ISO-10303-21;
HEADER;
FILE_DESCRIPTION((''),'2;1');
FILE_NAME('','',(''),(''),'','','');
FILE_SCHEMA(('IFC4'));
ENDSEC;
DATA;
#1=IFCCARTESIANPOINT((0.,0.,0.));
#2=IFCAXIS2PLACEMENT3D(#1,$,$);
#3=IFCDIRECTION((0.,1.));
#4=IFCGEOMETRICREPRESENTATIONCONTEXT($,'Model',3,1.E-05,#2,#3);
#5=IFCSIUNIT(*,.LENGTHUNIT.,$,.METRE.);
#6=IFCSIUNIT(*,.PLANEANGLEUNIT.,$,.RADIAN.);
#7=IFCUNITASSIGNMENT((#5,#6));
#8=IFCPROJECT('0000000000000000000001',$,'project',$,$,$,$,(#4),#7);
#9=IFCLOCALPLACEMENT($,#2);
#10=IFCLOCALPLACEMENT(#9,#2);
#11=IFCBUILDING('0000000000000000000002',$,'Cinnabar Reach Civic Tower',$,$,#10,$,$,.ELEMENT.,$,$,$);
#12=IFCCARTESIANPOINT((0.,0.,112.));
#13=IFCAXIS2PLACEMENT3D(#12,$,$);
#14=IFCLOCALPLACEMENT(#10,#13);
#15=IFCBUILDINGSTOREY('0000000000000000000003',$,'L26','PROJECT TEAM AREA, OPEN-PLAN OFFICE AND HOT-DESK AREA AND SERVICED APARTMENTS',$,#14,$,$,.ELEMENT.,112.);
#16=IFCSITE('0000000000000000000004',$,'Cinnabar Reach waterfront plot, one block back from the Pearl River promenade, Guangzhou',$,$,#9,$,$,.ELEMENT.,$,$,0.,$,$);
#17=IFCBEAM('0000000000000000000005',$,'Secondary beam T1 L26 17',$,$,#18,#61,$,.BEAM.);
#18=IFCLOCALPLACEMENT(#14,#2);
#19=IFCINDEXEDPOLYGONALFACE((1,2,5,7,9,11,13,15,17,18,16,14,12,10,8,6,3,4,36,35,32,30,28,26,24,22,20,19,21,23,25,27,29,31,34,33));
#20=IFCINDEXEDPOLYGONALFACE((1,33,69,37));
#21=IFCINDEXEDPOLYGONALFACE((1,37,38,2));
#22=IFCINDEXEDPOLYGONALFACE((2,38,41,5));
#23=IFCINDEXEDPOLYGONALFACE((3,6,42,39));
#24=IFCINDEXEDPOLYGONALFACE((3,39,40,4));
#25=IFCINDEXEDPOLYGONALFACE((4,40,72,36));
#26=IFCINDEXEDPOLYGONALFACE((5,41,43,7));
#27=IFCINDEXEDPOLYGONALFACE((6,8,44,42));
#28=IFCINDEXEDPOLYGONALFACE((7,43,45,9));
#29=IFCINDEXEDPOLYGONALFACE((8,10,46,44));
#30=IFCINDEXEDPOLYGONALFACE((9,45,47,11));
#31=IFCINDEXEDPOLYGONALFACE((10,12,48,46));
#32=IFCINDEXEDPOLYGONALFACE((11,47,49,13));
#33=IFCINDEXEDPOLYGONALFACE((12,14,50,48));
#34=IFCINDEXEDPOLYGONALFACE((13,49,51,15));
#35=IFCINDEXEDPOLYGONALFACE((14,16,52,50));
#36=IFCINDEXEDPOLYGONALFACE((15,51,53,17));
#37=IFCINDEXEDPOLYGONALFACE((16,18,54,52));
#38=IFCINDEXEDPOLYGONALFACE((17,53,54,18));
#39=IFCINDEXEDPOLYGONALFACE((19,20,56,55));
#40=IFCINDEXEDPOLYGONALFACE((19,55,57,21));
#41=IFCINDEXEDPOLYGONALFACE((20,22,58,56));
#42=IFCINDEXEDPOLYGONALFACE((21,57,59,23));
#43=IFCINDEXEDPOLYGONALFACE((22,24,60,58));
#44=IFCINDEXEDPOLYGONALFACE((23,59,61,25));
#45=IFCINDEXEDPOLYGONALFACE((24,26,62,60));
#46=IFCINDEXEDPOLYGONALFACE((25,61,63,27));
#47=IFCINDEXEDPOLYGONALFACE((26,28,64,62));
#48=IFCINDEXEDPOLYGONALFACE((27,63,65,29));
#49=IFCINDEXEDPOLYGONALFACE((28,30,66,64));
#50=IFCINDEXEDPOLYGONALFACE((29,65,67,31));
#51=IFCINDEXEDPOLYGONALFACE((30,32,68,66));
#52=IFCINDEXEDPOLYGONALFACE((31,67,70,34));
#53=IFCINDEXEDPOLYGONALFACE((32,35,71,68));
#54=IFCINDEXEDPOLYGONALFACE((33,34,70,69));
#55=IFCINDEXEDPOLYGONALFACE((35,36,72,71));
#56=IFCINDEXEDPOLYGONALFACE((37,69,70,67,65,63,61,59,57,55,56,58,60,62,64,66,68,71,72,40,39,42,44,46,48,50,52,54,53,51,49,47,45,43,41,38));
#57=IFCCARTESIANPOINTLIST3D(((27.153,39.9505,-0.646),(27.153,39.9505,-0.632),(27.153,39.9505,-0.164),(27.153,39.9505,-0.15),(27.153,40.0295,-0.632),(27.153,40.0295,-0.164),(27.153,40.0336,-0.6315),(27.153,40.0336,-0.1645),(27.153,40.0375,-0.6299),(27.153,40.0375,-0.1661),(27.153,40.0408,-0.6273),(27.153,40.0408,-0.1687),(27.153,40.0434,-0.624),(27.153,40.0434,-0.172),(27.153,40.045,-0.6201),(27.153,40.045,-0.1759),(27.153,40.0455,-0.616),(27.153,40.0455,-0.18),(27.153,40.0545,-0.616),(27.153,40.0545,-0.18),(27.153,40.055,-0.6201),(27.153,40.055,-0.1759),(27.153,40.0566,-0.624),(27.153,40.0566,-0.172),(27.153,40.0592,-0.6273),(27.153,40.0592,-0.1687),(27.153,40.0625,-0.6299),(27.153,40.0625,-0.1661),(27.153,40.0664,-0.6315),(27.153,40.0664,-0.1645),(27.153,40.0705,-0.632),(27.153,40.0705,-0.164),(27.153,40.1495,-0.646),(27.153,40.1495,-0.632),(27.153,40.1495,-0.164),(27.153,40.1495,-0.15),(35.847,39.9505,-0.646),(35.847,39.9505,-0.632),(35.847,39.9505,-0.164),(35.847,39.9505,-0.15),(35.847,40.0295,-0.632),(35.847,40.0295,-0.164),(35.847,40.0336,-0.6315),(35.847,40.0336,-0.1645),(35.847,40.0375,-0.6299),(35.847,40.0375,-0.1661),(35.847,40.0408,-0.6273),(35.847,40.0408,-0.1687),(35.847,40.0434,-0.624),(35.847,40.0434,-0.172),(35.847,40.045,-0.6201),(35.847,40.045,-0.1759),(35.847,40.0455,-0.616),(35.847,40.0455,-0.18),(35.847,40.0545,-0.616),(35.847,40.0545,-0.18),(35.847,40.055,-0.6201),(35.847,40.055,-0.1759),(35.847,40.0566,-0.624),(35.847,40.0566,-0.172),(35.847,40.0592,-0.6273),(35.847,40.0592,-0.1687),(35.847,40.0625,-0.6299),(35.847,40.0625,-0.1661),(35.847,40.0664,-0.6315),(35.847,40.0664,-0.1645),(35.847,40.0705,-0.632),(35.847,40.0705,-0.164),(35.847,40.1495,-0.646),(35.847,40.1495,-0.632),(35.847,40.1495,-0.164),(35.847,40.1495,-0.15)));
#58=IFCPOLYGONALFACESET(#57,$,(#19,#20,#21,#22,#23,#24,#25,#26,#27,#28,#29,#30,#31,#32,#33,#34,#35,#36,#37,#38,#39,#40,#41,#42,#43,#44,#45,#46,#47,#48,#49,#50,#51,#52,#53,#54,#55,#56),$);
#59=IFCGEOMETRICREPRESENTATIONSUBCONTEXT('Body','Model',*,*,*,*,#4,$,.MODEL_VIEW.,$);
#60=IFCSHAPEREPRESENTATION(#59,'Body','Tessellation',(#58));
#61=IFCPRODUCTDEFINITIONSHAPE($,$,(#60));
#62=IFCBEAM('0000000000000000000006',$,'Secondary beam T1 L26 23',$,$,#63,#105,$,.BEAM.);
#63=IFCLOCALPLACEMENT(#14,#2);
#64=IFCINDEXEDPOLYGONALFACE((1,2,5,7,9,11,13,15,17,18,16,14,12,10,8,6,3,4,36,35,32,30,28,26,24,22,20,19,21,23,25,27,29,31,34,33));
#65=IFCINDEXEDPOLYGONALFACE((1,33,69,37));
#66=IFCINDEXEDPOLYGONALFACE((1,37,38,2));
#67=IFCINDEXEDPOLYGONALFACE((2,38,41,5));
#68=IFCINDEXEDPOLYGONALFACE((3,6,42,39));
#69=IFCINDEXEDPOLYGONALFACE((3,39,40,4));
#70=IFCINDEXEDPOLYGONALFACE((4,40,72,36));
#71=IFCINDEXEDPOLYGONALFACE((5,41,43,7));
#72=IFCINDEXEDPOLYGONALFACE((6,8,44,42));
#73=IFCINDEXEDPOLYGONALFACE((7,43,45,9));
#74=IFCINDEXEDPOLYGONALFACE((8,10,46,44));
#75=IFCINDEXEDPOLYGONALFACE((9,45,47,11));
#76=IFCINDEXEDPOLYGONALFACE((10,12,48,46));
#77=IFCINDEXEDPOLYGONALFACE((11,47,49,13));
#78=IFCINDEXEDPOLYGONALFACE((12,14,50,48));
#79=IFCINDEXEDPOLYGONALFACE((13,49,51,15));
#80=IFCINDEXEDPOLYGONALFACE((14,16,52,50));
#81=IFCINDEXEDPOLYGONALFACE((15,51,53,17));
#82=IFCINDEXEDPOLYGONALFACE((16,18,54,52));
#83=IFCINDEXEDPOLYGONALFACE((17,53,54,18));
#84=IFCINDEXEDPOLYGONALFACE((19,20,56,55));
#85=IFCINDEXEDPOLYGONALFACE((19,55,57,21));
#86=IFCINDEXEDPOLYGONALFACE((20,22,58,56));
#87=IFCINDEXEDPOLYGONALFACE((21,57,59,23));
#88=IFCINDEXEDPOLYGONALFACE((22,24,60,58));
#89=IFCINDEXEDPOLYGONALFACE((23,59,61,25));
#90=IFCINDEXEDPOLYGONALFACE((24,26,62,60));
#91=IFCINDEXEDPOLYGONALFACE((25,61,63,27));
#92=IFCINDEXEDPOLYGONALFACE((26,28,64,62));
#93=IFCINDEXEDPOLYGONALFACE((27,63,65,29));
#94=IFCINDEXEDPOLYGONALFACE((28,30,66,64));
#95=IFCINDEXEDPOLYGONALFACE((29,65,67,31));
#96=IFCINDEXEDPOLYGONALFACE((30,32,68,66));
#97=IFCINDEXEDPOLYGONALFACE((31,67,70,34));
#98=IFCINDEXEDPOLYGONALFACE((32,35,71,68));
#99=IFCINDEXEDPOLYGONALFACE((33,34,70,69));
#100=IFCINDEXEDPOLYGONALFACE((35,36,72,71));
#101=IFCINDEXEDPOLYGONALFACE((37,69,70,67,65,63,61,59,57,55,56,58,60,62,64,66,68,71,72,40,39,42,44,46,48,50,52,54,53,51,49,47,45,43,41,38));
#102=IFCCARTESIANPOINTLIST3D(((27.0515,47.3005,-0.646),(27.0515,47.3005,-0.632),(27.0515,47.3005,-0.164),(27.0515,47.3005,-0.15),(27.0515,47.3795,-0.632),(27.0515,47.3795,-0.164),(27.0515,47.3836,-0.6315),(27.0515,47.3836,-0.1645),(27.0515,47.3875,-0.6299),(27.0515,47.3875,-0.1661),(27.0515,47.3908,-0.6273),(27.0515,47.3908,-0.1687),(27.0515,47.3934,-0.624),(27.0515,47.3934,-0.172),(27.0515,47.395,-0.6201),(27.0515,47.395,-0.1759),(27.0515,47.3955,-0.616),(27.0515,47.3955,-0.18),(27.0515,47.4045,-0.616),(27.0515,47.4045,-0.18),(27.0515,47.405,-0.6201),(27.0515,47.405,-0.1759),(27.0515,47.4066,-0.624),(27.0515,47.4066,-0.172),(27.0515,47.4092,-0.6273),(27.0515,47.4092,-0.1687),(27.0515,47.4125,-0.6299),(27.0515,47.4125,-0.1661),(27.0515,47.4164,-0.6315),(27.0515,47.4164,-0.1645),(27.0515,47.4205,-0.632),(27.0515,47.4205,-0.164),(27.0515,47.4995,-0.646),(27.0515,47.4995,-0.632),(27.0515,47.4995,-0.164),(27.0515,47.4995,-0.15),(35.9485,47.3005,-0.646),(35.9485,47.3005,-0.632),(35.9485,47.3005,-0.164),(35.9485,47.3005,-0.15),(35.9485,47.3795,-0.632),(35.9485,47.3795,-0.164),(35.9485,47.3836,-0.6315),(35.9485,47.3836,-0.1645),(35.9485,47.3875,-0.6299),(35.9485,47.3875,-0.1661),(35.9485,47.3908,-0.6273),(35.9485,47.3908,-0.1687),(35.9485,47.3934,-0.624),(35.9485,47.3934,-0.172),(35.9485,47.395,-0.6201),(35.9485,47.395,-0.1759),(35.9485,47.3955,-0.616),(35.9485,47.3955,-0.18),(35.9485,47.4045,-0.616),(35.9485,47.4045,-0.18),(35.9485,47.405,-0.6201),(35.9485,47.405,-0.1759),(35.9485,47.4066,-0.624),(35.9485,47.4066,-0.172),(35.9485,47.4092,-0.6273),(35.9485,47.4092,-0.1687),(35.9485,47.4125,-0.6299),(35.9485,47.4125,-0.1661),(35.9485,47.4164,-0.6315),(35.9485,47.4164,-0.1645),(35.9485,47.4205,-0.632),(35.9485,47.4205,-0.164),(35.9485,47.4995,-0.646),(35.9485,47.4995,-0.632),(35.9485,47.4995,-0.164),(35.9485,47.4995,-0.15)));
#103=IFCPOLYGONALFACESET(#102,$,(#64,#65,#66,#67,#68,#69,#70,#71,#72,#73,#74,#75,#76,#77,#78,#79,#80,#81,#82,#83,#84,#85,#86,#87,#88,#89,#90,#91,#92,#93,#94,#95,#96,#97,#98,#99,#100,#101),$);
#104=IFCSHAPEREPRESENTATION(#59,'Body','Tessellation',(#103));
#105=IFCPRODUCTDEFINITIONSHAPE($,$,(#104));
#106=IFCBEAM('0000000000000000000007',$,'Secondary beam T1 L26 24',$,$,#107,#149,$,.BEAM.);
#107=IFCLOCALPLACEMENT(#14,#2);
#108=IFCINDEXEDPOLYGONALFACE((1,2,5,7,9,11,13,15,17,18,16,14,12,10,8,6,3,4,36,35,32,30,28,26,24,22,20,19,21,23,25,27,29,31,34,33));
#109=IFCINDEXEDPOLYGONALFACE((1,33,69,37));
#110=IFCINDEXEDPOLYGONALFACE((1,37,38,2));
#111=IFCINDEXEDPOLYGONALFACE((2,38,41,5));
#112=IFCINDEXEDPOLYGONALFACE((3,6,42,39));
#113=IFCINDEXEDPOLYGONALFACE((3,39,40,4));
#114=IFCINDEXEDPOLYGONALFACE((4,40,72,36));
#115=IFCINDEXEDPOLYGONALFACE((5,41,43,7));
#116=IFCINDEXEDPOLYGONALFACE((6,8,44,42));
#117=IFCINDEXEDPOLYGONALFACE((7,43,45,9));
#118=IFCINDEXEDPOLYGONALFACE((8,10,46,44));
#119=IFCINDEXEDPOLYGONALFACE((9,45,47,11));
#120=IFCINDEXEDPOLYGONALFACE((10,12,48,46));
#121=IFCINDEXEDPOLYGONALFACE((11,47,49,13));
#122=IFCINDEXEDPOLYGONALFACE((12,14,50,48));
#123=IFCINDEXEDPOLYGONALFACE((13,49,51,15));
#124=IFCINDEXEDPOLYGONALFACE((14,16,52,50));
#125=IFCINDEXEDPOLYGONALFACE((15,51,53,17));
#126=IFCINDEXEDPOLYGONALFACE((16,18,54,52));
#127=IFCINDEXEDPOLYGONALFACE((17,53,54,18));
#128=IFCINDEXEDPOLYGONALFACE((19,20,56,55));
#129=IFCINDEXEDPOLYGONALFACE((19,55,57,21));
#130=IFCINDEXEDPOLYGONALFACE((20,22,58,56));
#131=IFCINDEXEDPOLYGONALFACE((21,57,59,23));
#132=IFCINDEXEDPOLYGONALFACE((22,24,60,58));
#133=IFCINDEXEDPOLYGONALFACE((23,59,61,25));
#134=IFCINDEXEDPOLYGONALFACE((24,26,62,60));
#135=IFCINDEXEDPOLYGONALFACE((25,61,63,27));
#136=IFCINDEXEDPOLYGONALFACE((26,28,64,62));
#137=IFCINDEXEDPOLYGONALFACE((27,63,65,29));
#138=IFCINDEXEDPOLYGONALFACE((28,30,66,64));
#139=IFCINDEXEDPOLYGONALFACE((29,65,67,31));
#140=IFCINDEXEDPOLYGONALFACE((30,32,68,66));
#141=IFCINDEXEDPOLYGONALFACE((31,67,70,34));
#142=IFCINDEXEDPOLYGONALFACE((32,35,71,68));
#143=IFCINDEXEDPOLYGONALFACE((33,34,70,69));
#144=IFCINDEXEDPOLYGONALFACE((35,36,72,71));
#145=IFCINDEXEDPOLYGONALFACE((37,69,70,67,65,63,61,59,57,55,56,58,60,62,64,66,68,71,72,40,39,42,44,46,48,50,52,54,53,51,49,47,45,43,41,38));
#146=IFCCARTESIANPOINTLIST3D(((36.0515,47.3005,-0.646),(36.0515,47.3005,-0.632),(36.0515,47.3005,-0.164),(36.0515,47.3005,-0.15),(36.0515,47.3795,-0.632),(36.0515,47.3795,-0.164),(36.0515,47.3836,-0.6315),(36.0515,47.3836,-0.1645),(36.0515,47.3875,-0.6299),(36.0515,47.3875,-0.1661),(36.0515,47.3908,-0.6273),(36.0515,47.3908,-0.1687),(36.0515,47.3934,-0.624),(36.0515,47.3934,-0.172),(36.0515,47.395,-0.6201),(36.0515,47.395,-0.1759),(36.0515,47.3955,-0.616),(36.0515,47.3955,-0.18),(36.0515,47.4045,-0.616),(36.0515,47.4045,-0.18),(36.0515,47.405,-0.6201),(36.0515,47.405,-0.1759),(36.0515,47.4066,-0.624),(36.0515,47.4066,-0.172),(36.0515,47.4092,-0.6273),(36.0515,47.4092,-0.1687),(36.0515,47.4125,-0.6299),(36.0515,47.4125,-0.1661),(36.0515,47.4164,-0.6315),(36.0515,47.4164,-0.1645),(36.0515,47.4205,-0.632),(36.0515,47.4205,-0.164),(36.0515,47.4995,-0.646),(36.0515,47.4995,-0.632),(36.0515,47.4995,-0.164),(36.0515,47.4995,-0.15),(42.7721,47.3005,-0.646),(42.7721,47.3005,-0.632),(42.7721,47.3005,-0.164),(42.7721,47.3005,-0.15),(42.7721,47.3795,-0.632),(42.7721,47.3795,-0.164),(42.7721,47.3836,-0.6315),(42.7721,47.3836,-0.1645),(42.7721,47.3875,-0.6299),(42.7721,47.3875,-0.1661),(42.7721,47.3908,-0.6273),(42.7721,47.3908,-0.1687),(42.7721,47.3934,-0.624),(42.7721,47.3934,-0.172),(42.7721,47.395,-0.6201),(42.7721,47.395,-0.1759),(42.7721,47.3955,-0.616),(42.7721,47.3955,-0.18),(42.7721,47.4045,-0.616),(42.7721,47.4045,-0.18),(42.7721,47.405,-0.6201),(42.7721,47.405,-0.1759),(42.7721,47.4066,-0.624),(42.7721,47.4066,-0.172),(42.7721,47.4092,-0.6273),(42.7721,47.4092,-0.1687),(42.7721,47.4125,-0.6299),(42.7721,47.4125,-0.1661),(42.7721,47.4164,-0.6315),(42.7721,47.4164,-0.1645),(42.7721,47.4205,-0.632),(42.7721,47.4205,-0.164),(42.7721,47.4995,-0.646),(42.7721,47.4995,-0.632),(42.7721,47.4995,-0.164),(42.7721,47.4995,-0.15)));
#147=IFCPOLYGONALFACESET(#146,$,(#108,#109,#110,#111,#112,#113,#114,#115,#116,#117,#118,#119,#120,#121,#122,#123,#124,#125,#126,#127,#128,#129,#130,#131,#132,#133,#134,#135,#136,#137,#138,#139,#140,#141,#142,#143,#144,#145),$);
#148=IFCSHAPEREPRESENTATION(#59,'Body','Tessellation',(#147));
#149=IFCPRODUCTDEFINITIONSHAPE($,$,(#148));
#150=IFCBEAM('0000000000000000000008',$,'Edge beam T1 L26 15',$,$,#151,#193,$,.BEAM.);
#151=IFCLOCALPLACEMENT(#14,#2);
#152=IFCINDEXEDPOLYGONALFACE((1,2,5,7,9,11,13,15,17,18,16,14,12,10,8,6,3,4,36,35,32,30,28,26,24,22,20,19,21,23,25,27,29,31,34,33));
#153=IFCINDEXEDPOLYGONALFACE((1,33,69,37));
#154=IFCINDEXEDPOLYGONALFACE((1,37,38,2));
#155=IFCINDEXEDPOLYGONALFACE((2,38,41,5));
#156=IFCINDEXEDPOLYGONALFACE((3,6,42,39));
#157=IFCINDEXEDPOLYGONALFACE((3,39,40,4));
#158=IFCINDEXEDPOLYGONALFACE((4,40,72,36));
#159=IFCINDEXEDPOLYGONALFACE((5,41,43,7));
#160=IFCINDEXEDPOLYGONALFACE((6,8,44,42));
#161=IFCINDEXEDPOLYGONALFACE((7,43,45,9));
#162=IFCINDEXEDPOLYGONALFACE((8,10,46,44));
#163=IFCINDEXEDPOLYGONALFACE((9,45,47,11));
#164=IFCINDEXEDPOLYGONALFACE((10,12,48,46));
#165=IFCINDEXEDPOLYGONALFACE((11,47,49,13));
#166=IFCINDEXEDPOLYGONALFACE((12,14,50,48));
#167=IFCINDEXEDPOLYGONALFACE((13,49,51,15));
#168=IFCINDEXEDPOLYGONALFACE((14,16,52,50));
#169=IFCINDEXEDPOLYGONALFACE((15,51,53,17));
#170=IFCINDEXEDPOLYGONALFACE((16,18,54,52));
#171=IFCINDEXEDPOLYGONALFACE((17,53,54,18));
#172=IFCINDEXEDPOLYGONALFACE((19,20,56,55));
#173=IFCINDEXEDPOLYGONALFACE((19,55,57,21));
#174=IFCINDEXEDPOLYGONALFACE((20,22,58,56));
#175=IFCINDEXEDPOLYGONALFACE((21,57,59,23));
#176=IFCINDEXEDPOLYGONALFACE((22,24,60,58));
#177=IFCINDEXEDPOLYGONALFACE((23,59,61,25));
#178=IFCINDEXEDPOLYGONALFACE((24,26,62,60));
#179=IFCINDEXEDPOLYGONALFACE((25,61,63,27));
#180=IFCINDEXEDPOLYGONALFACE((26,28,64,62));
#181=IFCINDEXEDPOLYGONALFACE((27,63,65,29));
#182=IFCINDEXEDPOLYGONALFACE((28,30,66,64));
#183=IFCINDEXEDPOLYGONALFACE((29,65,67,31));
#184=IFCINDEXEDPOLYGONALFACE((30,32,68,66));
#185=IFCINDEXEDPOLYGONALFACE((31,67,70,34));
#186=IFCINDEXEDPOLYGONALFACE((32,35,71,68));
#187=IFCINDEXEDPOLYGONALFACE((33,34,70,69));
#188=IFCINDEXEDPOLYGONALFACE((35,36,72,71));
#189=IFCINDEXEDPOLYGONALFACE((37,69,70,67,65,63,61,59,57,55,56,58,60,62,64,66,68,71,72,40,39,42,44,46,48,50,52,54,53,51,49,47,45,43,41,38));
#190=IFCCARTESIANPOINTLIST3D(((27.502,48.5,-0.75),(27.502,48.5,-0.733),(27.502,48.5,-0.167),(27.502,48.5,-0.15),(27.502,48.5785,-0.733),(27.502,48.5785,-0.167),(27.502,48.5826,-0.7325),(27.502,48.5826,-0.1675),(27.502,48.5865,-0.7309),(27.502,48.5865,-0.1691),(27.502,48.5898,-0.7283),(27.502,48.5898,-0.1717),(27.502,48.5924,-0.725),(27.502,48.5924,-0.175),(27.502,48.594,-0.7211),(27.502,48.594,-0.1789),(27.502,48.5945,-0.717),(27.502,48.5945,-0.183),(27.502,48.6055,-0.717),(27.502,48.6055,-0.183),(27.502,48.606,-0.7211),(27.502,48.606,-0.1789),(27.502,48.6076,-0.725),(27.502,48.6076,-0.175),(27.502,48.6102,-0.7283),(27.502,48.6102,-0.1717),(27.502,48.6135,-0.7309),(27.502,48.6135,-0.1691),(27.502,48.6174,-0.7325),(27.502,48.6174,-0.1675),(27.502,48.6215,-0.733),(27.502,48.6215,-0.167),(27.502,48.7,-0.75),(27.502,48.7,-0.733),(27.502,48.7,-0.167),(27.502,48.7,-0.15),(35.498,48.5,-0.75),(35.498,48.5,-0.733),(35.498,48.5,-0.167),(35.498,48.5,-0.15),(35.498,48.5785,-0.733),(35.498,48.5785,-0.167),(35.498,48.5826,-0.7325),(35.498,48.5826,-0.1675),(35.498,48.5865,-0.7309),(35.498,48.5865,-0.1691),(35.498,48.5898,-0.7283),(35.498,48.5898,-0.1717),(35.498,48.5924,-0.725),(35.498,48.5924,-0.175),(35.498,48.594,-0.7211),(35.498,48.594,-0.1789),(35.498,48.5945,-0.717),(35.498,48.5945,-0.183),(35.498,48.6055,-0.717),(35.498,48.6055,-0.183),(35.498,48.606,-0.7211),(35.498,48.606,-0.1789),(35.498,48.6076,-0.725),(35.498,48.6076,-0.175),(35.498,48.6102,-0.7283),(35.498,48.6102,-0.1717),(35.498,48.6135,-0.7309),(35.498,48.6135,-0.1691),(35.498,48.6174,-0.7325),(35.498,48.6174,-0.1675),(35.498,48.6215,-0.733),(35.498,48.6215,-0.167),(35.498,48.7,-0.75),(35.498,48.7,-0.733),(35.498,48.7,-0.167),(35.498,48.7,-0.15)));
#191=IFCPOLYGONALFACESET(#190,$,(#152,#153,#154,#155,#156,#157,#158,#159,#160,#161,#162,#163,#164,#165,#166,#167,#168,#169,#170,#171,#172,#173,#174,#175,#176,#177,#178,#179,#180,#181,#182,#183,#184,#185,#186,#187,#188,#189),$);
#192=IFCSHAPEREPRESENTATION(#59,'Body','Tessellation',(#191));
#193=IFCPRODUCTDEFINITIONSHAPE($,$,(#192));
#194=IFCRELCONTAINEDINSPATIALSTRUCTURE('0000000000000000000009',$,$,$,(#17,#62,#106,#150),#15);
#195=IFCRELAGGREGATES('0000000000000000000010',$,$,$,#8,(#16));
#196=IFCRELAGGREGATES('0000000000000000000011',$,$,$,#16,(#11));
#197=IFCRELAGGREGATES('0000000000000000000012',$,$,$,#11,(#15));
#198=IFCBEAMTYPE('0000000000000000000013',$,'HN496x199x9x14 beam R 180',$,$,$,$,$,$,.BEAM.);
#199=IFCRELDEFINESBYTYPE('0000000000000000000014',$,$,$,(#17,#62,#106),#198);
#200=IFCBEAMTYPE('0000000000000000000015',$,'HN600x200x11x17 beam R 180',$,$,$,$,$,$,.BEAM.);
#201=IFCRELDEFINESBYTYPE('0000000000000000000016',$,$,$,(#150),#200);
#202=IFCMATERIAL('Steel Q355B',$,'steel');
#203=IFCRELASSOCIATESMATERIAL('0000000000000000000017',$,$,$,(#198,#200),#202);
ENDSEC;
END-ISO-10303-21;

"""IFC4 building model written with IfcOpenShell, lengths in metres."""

from ifc_helpers import new_model, si_unit, direction, frame, origin, origin_2d, place, context, subcontext, project, spatial, i_section, extrude, material, material_profile, profile_set, type_object, element, save


model = new_model("IFC4")

# Units and contexts
model_context = context("Model", 3, precision=1e-05, world=origin(), true_north=direction((0.0, 1.0)))
body_context = subcontext(model_context, "Body", "Model", "MODEL_VIEW")
ifc_project = project(units=[si_unit("LENGTHUNIT", "METRE"), si_unit("PLANEANGLEUNIT", "RADIAN")], contexts=[model_context])

# Site, building, storey
site_placement = place(None, origin())
site = spatial("IfcSite", under=ifc_project, at=site_placement, Name="Cinnabar Reach waterfront plot, one block back from the Pearl River promenade, Guangzhou", CompositionType="ELEMENT", RefElevation=0.0)
building_placement = place(site_placement, origin())
building = spatial("IfcBuilding", under=site, at=building_placement, Name="Cinnabar Reach Civic Tower", CompositionType="ELEMENT")
storey_placement = place(building_placement, frame((0.0, 0.0, 112.0)))
storey = spatial("IfcBuildingStorey", under=building, at=storey_placement, Name="L26", Description="PROJECT TEAM AREA, OPEN-PLAN OFFICE AND HOT-DESK AREA AND SERVICED APARTMENTS", CompositionType="ELEMENT", Elevation=112.0)

# Beams
ifc_material_1 = material(Name="Steel Q355B", Category="steel")
ifc_material_profile_1 = material_profile(ifc_material_1, i_section(OverallWidth=0.199, OverallDepth=0.496, WebThickness=0.009, FlangeThickness=0.014, FilletRadius=0.016, at=origin_2d()), Name="HN496x199x9x14")
ifc_profile_set_1 = profile_set([ifc_material_profile_1], Name="Steel Q355B")
beam_type_1 = type_object("IfcBeamType", Name="HN496x199x9x14 beam R 180", PredefinedType="BEAM", material=ifc_profile_set_1)
beam_1_placement = place(storey_placement, frame((27.153, 40.05, -0.398), z_axis=(1.0, 0.0, 0.0), x_axis=(0.0, 1.0, 0.0)))
element("IfcBeam", 1, at=beam_1_placement, inside=storey, type_object=beam_type_1, Name="Secondary beam T1 L26 17", PredefinedType="BEAM", context=body_context, shape_type="SweptSolid", body=[
    extrude(i_section(OverallWidth=0.199, OverallDepth=0.496, WebThickness=0.009, FlangeThickness=0.014, FilletRadius=0.016, at=origin_2d()), origin(), (0.0, 0.0, 1.0), 8.694),
])
beam_2_placement = place(storey_placement, frame((27.0515, 47.4, -0.398), z_axis=(1.0, 0.0, 0.0), x_axis=(0.0, 1.0, 0.0)))
element("IfcBeam", 2, at=beam_2_placement, inside=storey, type_object=beam_type_1, Name="Secondary beam T1 L26 23", PredefinedType="BEAM", context=body_context, shape_type="SweptSolid", body=[
    extrude(i_section(OverallWidth=0.199, OverallDepth=0.496, WebThickness=0.009, FlangeThickness=0.014, FilletRadius=0.016, at=origin_2d()), origin(), (0.0, 0.0, 1.0), 8.897),
])
beam_3_placement = place(storey_placement, frame((36.0515, 47.4, -0.398), z_axis=(1.0, 0.0, 0.0), x_axis=(0.0, 1.0, 0.0)))
element("IfcBeam", 3, at=beam_3_placement, inside=storey, type_object=beam_type_1, Name="Secondary beam T1 L26 24", PredefinedType="BEAM", context=body_context, shape_type="SweptSolid", body=[
    extrude(i_section(OverallWidth=0.199, OverallDepth=0.496, WebThickness=0.009, FlangeThickness=0.014, FilletRadius=0.016, at=origin_2d()), origin(), (0.0, 0.0, 1.0), 6.7206),
])
ifc_material_profile_2 = material_profile(ifc_material_1, i_section(OverallWidth=0.2, OverallDepth=0.6, WebThickness=0.011, FlangeThickness=0.017, FilletRadius=0.016, at=origin_2d()), Name="HN600x200x11x17")
ifc_profile_set_2 = profile_set([ifc_material_profile_2], Name="Steel Q355B")
beam_type_2 = type_object("IfcBeamType", Name="HN600x200x11x17 beam R 180", PredefinedType="BEAM", material=ifc_profile_set_2)
for number, where, z_axis, x_axis, name in (
    (4, (35.498, 48.6, -0.45), (-1.0, 0.0, 0.0), (0.0, -1.0, 0.0), "Edge beam T1 L26 15"),
):
    element("IfcBeam", number, at=place(storey_placement, frame(where, z_axis=z_axis, x_axis=x_axis)), inside=storey, type_object=beam_type_2, Name=name, PredefinedType="BEAM", context=body_context, shape_type="SweptSolid", body=[
        extrude(i_section(OverallWidth=0.2, OverallDepth=0.6, WebThickness=0.011, FlangeThickness=0.017, FilletRadius=0.016, at=origin_2d()), origin(), (0.0, 0.0, 1.0), 7.996),
    ])

save(model, "model.ifc")
